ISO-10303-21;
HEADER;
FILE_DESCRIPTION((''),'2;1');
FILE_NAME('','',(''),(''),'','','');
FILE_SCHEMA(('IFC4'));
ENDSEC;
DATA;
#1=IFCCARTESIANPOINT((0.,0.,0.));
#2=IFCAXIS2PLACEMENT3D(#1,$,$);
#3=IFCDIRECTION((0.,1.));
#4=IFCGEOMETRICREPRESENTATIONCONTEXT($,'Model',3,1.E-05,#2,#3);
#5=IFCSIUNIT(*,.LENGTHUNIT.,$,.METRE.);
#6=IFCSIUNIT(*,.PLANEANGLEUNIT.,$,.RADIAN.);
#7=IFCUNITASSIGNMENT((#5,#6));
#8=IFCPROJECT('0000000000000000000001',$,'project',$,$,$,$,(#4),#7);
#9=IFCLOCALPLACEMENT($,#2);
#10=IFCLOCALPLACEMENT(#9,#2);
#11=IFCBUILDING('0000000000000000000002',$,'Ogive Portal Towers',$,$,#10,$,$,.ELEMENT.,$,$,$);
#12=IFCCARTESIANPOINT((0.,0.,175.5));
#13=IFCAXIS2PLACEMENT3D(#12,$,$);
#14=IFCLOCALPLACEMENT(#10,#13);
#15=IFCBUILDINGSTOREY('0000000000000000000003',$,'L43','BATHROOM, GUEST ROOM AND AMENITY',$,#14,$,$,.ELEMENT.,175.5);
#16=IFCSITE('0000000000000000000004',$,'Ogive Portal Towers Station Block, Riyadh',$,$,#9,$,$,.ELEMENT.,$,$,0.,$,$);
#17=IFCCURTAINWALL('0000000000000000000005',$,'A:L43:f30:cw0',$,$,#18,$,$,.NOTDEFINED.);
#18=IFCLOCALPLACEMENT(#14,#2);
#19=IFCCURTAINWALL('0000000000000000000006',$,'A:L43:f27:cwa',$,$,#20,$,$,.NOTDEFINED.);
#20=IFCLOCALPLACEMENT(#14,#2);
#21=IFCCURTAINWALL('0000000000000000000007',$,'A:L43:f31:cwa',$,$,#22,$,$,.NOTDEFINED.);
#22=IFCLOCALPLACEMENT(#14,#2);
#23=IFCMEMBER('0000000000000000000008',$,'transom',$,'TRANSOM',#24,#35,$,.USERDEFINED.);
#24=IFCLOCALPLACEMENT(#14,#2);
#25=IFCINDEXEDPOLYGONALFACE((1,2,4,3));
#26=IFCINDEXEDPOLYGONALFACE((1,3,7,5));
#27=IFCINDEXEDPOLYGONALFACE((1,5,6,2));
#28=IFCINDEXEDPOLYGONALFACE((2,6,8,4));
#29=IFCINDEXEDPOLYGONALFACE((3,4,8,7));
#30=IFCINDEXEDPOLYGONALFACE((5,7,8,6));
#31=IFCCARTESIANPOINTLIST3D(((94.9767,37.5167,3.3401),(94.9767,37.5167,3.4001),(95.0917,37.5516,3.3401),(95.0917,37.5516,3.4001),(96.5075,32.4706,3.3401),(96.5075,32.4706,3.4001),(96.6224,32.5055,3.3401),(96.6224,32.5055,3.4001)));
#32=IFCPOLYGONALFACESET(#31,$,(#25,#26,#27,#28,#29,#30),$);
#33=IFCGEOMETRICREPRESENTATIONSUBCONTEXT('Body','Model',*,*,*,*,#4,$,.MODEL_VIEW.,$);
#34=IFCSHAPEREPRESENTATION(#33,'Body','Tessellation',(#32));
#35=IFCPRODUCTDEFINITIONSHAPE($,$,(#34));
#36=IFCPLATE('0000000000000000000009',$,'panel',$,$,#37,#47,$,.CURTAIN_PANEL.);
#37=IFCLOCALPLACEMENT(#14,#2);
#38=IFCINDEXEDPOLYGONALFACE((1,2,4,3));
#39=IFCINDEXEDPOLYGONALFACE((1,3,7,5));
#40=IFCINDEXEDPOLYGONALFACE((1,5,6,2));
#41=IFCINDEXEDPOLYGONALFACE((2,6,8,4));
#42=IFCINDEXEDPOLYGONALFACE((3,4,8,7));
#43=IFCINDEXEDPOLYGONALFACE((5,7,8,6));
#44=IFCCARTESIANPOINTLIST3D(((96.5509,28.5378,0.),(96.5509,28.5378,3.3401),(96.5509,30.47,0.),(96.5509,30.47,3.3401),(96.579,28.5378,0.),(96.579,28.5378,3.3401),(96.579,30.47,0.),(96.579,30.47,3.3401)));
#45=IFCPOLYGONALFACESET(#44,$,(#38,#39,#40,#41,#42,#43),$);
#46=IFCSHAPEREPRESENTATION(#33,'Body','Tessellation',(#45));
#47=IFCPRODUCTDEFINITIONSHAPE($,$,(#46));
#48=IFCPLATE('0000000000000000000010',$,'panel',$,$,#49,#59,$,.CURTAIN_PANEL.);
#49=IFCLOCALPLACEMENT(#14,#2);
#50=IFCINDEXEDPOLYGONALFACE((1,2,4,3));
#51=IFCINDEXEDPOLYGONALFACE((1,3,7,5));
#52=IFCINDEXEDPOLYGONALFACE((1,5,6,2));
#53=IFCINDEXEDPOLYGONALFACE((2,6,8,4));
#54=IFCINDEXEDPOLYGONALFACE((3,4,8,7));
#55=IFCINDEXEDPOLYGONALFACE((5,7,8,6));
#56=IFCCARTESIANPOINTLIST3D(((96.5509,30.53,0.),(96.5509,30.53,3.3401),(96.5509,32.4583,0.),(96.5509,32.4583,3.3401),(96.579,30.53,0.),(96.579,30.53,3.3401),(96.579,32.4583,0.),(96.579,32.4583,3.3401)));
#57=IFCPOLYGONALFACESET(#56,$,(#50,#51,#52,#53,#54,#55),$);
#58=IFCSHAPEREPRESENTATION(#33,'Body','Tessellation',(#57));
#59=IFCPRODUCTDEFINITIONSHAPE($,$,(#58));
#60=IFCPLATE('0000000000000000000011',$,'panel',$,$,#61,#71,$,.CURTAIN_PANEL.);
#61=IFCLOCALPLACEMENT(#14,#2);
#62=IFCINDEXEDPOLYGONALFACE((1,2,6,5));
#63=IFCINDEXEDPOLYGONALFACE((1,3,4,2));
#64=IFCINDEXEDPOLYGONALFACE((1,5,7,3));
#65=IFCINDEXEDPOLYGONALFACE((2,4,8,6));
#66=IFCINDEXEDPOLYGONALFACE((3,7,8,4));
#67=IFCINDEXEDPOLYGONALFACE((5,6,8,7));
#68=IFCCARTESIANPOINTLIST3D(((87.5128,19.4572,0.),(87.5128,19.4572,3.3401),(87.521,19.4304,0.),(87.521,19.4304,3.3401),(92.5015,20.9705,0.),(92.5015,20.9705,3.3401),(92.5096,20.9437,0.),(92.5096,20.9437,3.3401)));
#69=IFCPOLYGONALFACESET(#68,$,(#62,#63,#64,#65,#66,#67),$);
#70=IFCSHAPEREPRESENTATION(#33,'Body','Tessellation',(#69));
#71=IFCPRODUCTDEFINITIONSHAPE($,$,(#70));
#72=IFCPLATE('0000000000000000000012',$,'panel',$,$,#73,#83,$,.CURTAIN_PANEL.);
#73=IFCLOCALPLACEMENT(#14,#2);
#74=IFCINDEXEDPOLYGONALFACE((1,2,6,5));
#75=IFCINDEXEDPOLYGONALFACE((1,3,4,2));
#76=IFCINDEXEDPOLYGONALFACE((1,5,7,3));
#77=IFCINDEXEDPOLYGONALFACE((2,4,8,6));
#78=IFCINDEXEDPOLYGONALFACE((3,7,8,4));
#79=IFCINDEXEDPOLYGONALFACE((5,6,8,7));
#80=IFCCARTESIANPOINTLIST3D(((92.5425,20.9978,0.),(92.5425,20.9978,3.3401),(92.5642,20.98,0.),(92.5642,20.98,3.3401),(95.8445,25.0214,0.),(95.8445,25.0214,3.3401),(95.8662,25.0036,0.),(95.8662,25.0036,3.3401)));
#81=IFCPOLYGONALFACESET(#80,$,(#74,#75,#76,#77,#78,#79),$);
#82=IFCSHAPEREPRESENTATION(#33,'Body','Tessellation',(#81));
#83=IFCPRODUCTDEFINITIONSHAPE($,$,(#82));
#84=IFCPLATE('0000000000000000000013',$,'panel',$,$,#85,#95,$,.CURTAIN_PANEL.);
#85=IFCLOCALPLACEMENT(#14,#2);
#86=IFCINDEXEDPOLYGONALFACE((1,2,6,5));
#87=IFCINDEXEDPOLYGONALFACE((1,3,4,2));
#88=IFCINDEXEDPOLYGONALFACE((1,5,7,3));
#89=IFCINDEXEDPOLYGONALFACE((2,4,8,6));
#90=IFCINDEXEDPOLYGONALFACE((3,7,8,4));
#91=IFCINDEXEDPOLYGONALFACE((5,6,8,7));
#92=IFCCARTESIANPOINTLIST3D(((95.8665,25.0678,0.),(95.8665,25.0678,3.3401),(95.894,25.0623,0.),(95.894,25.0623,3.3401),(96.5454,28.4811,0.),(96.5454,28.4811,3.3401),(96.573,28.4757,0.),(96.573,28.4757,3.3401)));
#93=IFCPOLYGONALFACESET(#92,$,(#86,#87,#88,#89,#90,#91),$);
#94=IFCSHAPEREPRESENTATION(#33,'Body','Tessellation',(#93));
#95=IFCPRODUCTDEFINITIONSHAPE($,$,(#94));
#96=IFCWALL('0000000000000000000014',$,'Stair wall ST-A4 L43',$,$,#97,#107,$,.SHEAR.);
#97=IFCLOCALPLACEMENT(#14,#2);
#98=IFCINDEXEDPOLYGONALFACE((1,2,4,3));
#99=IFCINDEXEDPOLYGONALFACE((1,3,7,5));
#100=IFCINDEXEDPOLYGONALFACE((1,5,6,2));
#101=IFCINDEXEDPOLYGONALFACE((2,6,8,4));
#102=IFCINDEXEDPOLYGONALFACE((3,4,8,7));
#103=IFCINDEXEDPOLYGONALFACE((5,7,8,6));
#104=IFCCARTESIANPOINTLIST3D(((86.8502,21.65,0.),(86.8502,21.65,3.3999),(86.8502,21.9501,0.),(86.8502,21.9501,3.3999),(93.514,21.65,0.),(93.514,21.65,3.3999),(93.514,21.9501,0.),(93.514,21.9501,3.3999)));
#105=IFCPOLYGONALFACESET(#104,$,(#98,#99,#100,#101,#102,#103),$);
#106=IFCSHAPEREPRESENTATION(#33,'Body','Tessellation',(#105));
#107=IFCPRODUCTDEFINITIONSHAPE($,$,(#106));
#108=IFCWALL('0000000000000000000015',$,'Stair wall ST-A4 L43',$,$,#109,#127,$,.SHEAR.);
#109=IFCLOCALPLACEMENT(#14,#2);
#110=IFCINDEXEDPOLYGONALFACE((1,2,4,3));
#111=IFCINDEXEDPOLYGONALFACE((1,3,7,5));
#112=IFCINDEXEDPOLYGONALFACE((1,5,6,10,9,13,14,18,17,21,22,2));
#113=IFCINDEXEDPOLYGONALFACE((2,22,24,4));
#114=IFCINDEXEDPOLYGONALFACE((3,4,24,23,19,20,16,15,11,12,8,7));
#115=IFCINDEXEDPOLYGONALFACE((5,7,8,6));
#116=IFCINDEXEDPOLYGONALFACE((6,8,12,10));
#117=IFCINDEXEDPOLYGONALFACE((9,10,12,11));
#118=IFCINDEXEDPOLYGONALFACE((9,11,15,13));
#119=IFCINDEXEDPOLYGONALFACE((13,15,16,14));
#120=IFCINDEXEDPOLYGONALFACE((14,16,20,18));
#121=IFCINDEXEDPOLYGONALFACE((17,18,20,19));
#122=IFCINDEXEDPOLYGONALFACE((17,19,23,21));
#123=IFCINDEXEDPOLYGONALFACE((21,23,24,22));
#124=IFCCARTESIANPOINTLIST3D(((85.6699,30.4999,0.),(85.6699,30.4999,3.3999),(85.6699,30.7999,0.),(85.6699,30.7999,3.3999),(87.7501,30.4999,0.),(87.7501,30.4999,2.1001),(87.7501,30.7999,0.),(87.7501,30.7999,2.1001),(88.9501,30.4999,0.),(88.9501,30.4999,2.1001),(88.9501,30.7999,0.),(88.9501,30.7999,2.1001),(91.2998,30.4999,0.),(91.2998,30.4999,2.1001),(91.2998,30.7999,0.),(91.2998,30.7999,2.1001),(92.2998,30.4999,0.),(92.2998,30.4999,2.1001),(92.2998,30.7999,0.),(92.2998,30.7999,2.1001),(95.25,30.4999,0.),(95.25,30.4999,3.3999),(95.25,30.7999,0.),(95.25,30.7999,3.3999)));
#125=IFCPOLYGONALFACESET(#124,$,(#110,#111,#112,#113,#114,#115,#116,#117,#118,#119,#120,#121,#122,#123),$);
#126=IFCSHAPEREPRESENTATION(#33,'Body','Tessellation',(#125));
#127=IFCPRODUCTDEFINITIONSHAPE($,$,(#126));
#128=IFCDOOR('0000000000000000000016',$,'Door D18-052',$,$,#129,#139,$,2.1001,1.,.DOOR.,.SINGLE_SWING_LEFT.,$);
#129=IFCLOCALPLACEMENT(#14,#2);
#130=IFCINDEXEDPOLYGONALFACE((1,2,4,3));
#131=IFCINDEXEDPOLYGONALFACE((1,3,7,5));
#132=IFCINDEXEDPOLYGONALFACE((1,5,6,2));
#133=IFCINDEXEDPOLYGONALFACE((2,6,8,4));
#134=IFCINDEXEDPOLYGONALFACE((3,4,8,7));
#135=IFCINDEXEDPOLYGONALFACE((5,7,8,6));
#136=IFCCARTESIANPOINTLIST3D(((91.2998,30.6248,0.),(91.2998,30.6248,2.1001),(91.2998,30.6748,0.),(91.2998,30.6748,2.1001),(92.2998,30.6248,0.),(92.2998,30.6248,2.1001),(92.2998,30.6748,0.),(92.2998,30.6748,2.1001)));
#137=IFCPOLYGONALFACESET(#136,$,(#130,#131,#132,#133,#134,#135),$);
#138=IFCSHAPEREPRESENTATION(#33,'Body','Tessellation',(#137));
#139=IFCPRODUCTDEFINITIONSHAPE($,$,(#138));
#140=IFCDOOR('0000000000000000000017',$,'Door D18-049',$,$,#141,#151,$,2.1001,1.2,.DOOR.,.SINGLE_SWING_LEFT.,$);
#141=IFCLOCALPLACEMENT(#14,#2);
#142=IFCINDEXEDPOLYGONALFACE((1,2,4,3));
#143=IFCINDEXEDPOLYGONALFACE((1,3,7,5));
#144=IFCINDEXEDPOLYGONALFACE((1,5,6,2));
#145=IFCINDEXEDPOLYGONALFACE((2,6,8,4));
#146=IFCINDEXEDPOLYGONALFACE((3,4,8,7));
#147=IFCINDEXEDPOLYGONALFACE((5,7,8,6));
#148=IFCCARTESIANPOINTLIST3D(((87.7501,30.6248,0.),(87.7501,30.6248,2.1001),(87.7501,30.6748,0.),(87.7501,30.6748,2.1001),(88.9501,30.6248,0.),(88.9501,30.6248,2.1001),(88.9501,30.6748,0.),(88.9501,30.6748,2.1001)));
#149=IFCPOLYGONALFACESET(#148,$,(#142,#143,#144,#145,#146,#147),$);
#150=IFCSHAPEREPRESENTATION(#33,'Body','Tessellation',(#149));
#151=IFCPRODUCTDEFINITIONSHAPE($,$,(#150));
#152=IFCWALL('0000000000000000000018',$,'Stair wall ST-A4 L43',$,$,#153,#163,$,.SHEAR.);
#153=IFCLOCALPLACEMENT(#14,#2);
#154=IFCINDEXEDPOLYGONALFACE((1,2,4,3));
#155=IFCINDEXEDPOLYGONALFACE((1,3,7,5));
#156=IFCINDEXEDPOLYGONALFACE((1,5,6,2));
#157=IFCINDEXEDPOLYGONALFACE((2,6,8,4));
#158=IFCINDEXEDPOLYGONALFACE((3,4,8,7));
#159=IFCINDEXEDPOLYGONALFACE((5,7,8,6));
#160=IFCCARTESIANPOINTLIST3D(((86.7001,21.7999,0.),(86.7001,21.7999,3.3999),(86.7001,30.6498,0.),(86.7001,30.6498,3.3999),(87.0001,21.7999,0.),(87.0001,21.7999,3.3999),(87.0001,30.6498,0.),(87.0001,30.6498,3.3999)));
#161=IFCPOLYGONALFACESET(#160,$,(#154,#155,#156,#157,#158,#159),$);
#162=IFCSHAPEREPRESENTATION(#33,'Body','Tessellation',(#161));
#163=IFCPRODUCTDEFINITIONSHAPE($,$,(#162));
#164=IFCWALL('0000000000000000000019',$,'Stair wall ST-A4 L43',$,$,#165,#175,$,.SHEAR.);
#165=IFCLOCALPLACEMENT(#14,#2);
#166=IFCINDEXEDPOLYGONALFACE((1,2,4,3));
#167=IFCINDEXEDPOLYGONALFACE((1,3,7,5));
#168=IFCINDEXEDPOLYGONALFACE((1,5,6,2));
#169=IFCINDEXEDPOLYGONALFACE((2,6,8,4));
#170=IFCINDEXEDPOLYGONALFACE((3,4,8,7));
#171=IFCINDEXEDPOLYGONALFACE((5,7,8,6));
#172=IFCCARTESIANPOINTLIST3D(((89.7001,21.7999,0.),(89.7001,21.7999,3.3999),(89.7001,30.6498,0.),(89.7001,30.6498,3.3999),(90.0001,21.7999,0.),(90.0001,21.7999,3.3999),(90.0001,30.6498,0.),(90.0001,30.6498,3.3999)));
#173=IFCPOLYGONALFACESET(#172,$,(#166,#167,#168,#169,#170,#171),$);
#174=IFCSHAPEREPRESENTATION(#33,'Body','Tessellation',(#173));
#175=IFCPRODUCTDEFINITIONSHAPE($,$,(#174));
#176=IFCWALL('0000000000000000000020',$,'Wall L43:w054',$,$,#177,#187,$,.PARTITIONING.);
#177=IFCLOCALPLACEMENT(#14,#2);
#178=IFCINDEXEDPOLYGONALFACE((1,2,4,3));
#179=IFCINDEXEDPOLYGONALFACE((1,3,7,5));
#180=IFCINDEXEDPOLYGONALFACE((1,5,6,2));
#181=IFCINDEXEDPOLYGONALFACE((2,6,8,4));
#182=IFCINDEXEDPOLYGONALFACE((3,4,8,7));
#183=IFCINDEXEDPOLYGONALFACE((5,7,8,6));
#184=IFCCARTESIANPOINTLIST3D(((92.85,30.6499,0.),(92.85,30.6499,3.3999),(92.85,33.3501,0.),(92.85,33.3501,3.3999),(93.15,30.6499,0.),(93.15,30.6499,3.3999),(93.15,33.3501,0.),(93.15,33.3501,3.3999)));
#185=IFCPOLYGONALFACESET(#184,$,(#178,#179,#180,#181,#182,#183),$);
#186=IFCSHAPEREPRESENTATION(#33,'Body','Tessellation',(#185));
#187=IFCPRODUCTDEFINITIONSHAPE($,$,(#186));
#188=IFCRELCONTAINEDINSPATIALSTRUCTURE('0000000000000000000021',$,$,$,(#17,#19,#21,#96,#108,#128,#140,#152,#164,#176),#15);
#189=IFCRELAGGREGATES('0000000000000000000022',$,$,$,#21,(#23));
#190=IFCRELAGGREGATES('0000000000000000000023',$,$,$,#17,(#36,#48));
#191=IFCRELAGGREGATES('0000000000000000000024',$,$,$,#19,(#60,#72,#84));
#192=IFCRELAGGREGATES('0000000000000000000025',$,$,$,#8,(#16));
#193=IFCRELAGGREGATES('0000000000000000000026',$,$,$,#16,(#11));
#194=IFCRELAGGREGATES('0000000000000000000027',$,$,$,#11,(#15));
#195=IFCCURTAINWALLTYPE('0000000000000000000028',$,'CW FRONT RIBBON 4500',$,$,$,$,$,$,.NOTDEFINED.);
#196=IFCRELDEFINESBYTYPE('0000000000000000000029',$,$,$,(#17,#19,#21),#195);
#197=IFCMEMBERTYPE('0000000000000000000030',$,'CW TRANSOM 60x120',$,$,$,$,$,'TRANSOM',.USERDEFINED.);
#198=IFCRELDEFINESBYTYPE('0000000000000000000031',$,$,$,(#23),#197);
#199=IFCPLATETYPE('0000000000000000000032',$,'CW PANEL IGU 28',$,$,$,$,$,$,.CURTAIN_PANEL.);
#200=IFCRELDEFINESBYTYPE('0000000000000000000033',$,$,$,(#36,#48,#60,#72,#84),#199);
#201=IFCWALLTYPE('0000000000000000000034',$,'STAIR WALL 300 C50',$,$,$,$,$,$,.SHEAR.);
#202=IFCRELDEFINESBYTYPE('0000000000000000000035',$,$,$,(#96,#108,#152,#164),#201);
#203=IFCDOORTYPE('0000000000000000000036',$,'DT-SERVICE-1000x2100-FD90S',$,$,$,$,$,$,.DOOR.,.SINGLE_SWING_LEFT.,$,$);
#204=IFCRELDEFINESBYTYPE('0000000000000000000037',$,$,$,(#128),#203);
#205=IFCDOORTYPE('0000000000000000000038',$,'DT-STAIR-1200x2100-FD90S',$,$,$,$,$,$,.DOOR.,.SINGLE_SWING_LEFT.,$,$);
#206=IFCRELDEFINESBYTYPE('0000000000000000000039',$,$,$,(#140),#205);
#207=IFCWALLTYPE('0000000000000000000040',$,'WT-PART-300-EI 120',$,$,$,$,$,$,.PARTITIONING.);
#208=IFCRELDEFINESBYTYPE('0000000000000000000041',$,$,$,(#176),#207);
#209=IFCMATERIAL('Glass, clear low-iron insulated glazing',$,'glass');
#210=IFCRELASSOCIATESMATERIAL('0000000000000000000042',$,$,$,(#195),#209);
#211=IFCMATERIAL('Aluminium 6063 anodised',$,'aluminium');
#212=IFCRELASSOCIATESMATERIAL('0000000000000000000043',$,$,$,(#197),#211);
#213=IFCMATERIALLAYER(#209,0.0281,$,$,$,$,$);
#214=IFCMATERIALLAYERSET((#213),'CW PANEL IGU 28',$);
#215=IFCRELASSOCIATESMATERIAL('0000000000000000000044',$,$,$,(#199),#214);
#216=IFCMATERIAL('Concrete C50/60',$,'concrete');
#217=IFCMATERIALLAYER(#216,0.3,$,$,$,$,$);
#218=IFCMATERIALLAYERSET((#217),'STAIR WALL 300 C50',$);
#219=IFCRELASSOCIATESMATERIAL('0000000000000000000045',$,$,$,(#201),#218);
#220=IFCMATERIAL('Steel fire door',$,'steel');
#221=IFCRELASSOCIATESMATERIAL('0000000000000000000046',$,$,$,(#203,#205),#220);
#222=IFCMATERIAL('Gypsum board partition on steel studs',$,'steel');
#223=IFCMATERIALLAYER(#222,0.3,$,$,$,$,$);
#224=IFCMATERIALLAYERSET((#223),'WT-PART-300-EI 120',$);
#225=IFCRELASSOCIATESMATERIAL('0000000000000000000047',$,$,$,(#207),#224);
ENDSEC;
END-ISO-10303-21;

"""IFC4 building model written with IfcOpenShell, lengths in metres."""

from ifc_helpers import new_model, si_unit, direction, frame, frame_2d, origin, origin_2d, place, context, subcontext, project, spatial, rectangle, extrude, material, layer, layer_set, material_profile, profile_set, type_object, element, fill, aggregate, save


model = new_model("IFC4")

# Units and contexts
model_context = context("Model", 3, precision=1e-05, world=origin(), true_north=direction((0.0, 1.0)))
body_context = subcontext(model_context, "Body", "Model", "MODEL_VIEW")
ifc_project = project(units=[si_unit("LENGTHUNIT", "METRE"), si_unit("PLANEANGLEUNIT", "RADIAN")], contexts=[model_context])

# Site, building, storey
site_placement = place(None, origin())
site = spatial("IfcSite", under=ifc_project, at=site_placement, Name="Ogive Portal Towers Station Block, Riyadh", CompositionType="ELEMENT", RefElevation=0.0)
building_placement = place(site_placement, origin())
building = spatial("IfcBuilding", under=site, at=building_placement, Name="Ogive Portal Towers", CompositionType="ELEMENT")
storey_placement = place(building_placement, frame((0.0, 0.0, 175.5)))
storey = spatial("IfcBuildingStorey", under=building, at=storey_placement, Name="L43", Description="BATHROOM, GUEST ROOM AND AMENITY", CompositionType="ELEMENT", Elevation=175.5)

# Curtain walls
ifc_material_1 = material(Name="Glass, clear low-iron insulated glazing", Category="glass")
curtain_wall_type = type_object("IfcCurtainWallType", Name="CW FRONT RIBBON 4500", PredefinedType="NOTDEFINED", material=ifc_material_1)
curtain_wall_1_placement = place(storey_placement, origin())
curtain_wall_1 = element("IfcCurtainWall", 1, at=curtain_wall_1_placement, inside=storey, type_object=curtain_wall_type, Name="A:L43:f30:cw0", PredefinedType="NOTDEFINED")
ifc_material_2 = material(Name="Aluminium 6063 anodised", Category="aluminium")
curtain_wall_2_placement = place(storey_placement, origin())
curtain_wall_2 = element("IfcCurtainWall", 2, at=curtain_wall_2_placement, inside=storey, type_object=curtain_wall_type, Name="A:L43:f27:cwa", PredefinedType="NOTDEFINED")

# Shared definitions
ifc_material_profile_1 = material_profile(ifc_material_2, rectangle(XDim=0.1201, YDim=0.0601, at=origin_2d()), Name="AL 120x60")
ifc_profile_set_1 = profile_set([ifc_material_profile_1], Name="Aluminium 6063 anodised")
member_type_1 = type_object("IfcMemberType", Name="CW TRANSOM 60x120", ElementType="TRANSOM", PredefinedType="USERDEFINED", material=ifc_profile_set_1)

# Curtain wall, member
curtain_wall_3_placement = place(storey_placement, origin())
curtain_wall_3 = element("IfcCurtainWall", 3, at=curtain_wall_3_placement, inside=storey, type_object=curtain_wall_type, Name="A:L43:f31:cwa", PredefinedType="NOTDEFINED")
member_1_placement = place(storey_placement, frame((96.5649, 32.488, 3.3701), z_axis=(-0.29029, 0.956939, 0.0), x_axis=(-0.956939, -0.29029, 0.0)))
member_1 = element("IfcMember", 4, at=member_1_placement, type_object=member_type_1, Name="transom", ObjectType="TRANSOM", PredefinedType="USERDEFINED", context=body_context, shape_type="SweptSolid", body=[
    extrude(rectangle(XDim=0.1201, YDim=0.0601, at=origin_2d()), origin(), (0.0, 0.0, 1.0), 5.2732),
])
aggregate(curtain_wall_3, [member_1])

# Plates
ifc_layer_1 = layer(ifc_material_1, 0.0281)
ifc_layer_set_1 = layer_set([ifc_layer_1], Name="CW PANEL IGU 28")
plate_type = type_object("IfcPlateType", Name="CW PANEL IGU 28", PredefinedType="CURTAIN_PANEL", material=ifc_layer_set_1)
plate_1_placement = place(storey_placement, frame((96.5649, 29.5039, 0.0), z_axis=(0.0, 0.0, 1.0), x_axis=(0.0, 1.0, 0.0)))
plate_1 = element("IfcPlate", 5, at=plate_1_placement, type_object=plate_type, Name="panel", PredefinedType="CURTAIN_PANEL", context=body_context, shape_type="SweptSolid", body=[
    extrude(rectangle(XDim=1.9321, YDim=0.0281, at=origin_2d()), origin(), (0.0, 0.0, 1.0), 3.3401),
])
plate_2_placement = place(storey_placement, frame((96.5649, 31.4941, 0.0), z_axis=(0.0, 0.0, 1.0), x_axis=(0.0, 1.0, 0.0)))
plate_2 = element("IfcPlate", 6, at=plate_2_placement, type_object=plate_type, Name="panel", PredefinedType="CURTAIN_PANEL", context=body_context, shape_type="SweptSolid", body=[
    extrude(rectangle(XDim=1.9282, YDim=0.0281, at=origin_2d()), origin(), (0.0, 0.0, 1.0), 3.3401),
])
aggregate(curtain_wall_1, [plate_1, plate_2])
plate_3_placement = place(storey_placement, frame((90.0112, 20.2004, 0.0), z_axis=(0.0, 0.0, 1.0), x_axis=(0.95694, 0.290285, 0.0)))
plate_3 = element("IfcPlate", 7, at=plate_3_placement, type_object=plate_type, Name="panel", PredefinedType="CURTAIN_PANEL", context=body_context, shape_type="SweptSolid", body=[
    extrude(rectangle(XDim=5.2131, YDim=0.0281, at=origin_2d()), origin(), (0.0, 0.0, 1.0), 3.3401),
])
plate_4_placement = place(storey_placement, frame((94.2043, 23.0007, 0.0), z_axis=(0.0, 0.0, 1.0), x_axis=(0.634393, 0.77301, 0.0)))
plate_4 = element("IfcPlate", 8, at=plate_4_placement, type_object=plate_type, Name="panel", PredefinedType="CURTAIN_PANEL", context=body_context, shape_type="SweptSolid", body=[
    extrude(rectangle(XDim=5.2051, YDim=0.0281, at=origin_2d()), origin(), (0.0, 0.0, 1.0), 3.3401),
])
plate_5_placement = place(storey_placement, frame((96.2197, 26.7717, 0.0), z_axis=(0.0, 0.0, 1.0), x_axis=(0.19509, 0.980785, 0.0)))
plate_5 = element("IfcPlate", 9, at=plate_5_placement, type_object=plate_type, Name="panel", PredefinedType="CURTAIN_PANEL", context=body_context, shape_type="SweptSolid", body=[
    extrude(rectangle(XDim=3.4802, YDim=0.0281, at=origin_2d()), origin(), (0.0, 0.0, 1.0), 3.3401),
])
aggregate(curtain_wall_2, [plate_3, plate_4, plate_5])

# Wall
ifc_material_3 = material(Name="Concrete C50/60", Category="concrete")
ifc_layer_2 = layer(ifc_material_3, 0.3)
ifc_layer_set_2 = layer_set([ifc_layer_2], Name="STAIR WALL 300 C50")
wall_type_1 = type_object("IfcWallType", Name="STAIR WALL 300 C50", PredefinedType="SHEAR", material=ifc_layer_set_2)
wall_1_placement = place(storey_placement, frame((86.8501, 21.8, 0.0), z_axis=(0.0, 0.0, 1.0), x_axis=(1.0, 0.0, 0.0)))
element("IfcWall", 10, at=wall_1_placement, inside=storey, type_object=wall_type_1, Name="Stair wall ST-A4 L43", PredefinedType="SHEAR", context=body_context, shape_type="SweptSolid", body=[
    extrude(rectangle(XDim=6.6638, YDim=0.3, at=frame_2d((3.332, 0.0))), origin(), (0.0, 0.0, 1.0), 3.3999),
])

# Wall, openings, doors
wall_2_placement = place(storey_placement, frame((85.6699, 30.6499, 0.0), z_axis=(0.0, 0.0, 1.0), x_axis=(1.0, 0.0, 0.0)))
wall_2 = element("IfcWall", 11, at=wall_2_placement, inside=storey, type_object=wall_type_1, Name="Stair wall ST-A4 L43", PredefinedType="SHEAR", context=body_context, shape_type="SweptSolid", body=[
    extrude(rectangle(XDim=9.5801, YDim=0.3, at=frame_2d((4.79, 0.0))), origin(), (0.0, 0.0, 1.0), 3.3999),
])
opening_1_placement = place(wall_2_placement, frame((2.0801, 0.0, 0.0)))
opening_1 = element("IfcOpeningElement", 12, at=opening_1_placement, cuts=wall_2, PredefinedType="OPENING", context=body_context, shape_type="SweptSolid", body=[
    extrude(rectangle(XDim=1.2, YDim=2.1001, at=frame_2d((0.6001, 1.05))), frame((0.0, 0.1602, 0.0), z_axis=(0.0, -1.0, 0.0), x_axis=(1.0, 0.0, 0.0)), (0.0, 0.0, 1.0), 0.3201),
])
opening_2_placement = place(wall_2_placement, frame((5.6299, 0.0, 0.0)))
opening_2 = element("IfcOpeningElement", 13, at=opening_2_placement, cuts=wall_2, PredefinedType="OPENING", context=body_context, shape_type="SweptSolid", body=[
    extrude(rectangle(XDim=1.0, YDim=2.1001, at=frame_2d((0.5, 1.05))), frame((0.0, 0.1602, 0.0), z_axis=(0.0, -1.0, 0.0), x_axis=(1.0, 0.0, 0.0)), (0.0, 0.0, 1.0), 0.3201),
])
ifc_material_4 = material(Name="Steel fire door", Category="steel")
door_type_1 = type_object("IfcDoorType", Name="DT-SERVICE-1000x2100-FD90S", OperationType="SINGLE_SWING_LEFT", PredefinedType="DOOR", material=ifc_material_4)
door_1_placement = place(opening_2_placement, origin())
door_1 = element("IfcDoor", 14, at=door_1_placement, inside=storey, type_object=door_type_1, Name="Door D18-052", OperationType="SINGLE_SWING_LEFT", OverallHeight=2.1001, OverallWidth=1.0, PredefinedType="DOOR", context=body_context, shape_type="SweptSolid", body=[
    extrude(rectangle(XDim=1.0, YDim=2.1001, at=frame_2d((0.5, 1.05))), frame((0.0, 0.0249, 0.0), z_axis=(0.0, -1.0, 0.0), x_axis=(1.0, 0.0, 0.0)), (0.0, 0.0, 1.0), 0.05),
])
fill(opening_2, door_1)
door_type_2 = type_object("IfcDoorType", Name="DT-STAIR-1200x2100-FD90S", OperationType="SINGLE_SWING_LEFT", PredefinedType="DOOR", material=ifc_material_4)
door_2_placement = place(opening_1_placement, origin())
door_2 = element("IfcDoor", 15, at=door_2_placement, inside=storey, type_object=door_type_2, Name="Door D18-049", OperationType="SINGLE_SWING_LEFT", OverallHeight=2.1001, OverallWidth=1.2, PredefinedType="DOOR", context=body_context, shape_type="SweptSolid", body=[
    extrude(rectangle(XDim=1.2, YDim=2.1001, at=frame_2d((0.6001, 1.05))), frame((0.0, 0.0249, 0.0), z_axis=(0.0, -1.0, 0.0), x_axis=(1.0, 0.0, 0.0)), (0.0, 0.0, 1.0), 0.05),
])
fill(opening_1, door_2)

# Walls
for number, where, z_axis, x_axis, name in (
    (16, (86.8501, 21.8, 0.0), (0.0, 0.0, 1.0), (0.0, 1.0, 0.0), "Stair wall ST-A4 L43"),
    (17, (89.8501, 21.8, 0.0), (0.0, 0.0, 1.0), (0.0, 1.0, 0.0), "Stair wall ST-A4 L43"),
):
    element("IfcWall", number, at=place(storey_placement, frame(where, z_axis=z_axis, x_axis=x_axis)), inside=storey, type_object=wall_type_1, Name=name, PredefinedType="SHEAR", context=body_context, shape_type="SweptSolid", body=[
        extrude(rectangle(XDim=8.8499, YDim=0.3, at=frame_2d((4.4248, 0.0))), origin(), (0.0, 0.0, 1.0), 3.3999),
    ])
ifc_material_5 = material(Name="Gypsum board partition on steel studs", Category="steel")
ifc_layer_3 = layer(ifc_material_5, 0.3)
ifc_layer_set_3 = layer_set([ifc_layer_3], Name="WT-PART-300-EI 120")
wall_type_2 = type_object("IfcWallType", Name="WT-PART-300-EI 120", PredefinedType="PARTITIONING", material=ifc_layer_set_3)
wall_3_placement = place(storey_placement, frame((93.0, 30.6499, 0.0), z_axis=(0.0, 0.0, 1.0), x_axis=(0.0, 1.0, 0.0)))
element("IfcWall", 18, at=wall_3_placement, inside=storey, type_object=wall_type_2, Name="Wall L43:w054", PredefinedType="PARTITIONING", context=body_context, shape_type="SweptSolid", body=[
    extrude(rectangle(XDim=2.7002, YDim=0.3, at=frame_2d((1.3501, 0.0))), origin(), (0.0, 0.0, 1.0), 3.3999),
])

save(model, "model.ifc")
